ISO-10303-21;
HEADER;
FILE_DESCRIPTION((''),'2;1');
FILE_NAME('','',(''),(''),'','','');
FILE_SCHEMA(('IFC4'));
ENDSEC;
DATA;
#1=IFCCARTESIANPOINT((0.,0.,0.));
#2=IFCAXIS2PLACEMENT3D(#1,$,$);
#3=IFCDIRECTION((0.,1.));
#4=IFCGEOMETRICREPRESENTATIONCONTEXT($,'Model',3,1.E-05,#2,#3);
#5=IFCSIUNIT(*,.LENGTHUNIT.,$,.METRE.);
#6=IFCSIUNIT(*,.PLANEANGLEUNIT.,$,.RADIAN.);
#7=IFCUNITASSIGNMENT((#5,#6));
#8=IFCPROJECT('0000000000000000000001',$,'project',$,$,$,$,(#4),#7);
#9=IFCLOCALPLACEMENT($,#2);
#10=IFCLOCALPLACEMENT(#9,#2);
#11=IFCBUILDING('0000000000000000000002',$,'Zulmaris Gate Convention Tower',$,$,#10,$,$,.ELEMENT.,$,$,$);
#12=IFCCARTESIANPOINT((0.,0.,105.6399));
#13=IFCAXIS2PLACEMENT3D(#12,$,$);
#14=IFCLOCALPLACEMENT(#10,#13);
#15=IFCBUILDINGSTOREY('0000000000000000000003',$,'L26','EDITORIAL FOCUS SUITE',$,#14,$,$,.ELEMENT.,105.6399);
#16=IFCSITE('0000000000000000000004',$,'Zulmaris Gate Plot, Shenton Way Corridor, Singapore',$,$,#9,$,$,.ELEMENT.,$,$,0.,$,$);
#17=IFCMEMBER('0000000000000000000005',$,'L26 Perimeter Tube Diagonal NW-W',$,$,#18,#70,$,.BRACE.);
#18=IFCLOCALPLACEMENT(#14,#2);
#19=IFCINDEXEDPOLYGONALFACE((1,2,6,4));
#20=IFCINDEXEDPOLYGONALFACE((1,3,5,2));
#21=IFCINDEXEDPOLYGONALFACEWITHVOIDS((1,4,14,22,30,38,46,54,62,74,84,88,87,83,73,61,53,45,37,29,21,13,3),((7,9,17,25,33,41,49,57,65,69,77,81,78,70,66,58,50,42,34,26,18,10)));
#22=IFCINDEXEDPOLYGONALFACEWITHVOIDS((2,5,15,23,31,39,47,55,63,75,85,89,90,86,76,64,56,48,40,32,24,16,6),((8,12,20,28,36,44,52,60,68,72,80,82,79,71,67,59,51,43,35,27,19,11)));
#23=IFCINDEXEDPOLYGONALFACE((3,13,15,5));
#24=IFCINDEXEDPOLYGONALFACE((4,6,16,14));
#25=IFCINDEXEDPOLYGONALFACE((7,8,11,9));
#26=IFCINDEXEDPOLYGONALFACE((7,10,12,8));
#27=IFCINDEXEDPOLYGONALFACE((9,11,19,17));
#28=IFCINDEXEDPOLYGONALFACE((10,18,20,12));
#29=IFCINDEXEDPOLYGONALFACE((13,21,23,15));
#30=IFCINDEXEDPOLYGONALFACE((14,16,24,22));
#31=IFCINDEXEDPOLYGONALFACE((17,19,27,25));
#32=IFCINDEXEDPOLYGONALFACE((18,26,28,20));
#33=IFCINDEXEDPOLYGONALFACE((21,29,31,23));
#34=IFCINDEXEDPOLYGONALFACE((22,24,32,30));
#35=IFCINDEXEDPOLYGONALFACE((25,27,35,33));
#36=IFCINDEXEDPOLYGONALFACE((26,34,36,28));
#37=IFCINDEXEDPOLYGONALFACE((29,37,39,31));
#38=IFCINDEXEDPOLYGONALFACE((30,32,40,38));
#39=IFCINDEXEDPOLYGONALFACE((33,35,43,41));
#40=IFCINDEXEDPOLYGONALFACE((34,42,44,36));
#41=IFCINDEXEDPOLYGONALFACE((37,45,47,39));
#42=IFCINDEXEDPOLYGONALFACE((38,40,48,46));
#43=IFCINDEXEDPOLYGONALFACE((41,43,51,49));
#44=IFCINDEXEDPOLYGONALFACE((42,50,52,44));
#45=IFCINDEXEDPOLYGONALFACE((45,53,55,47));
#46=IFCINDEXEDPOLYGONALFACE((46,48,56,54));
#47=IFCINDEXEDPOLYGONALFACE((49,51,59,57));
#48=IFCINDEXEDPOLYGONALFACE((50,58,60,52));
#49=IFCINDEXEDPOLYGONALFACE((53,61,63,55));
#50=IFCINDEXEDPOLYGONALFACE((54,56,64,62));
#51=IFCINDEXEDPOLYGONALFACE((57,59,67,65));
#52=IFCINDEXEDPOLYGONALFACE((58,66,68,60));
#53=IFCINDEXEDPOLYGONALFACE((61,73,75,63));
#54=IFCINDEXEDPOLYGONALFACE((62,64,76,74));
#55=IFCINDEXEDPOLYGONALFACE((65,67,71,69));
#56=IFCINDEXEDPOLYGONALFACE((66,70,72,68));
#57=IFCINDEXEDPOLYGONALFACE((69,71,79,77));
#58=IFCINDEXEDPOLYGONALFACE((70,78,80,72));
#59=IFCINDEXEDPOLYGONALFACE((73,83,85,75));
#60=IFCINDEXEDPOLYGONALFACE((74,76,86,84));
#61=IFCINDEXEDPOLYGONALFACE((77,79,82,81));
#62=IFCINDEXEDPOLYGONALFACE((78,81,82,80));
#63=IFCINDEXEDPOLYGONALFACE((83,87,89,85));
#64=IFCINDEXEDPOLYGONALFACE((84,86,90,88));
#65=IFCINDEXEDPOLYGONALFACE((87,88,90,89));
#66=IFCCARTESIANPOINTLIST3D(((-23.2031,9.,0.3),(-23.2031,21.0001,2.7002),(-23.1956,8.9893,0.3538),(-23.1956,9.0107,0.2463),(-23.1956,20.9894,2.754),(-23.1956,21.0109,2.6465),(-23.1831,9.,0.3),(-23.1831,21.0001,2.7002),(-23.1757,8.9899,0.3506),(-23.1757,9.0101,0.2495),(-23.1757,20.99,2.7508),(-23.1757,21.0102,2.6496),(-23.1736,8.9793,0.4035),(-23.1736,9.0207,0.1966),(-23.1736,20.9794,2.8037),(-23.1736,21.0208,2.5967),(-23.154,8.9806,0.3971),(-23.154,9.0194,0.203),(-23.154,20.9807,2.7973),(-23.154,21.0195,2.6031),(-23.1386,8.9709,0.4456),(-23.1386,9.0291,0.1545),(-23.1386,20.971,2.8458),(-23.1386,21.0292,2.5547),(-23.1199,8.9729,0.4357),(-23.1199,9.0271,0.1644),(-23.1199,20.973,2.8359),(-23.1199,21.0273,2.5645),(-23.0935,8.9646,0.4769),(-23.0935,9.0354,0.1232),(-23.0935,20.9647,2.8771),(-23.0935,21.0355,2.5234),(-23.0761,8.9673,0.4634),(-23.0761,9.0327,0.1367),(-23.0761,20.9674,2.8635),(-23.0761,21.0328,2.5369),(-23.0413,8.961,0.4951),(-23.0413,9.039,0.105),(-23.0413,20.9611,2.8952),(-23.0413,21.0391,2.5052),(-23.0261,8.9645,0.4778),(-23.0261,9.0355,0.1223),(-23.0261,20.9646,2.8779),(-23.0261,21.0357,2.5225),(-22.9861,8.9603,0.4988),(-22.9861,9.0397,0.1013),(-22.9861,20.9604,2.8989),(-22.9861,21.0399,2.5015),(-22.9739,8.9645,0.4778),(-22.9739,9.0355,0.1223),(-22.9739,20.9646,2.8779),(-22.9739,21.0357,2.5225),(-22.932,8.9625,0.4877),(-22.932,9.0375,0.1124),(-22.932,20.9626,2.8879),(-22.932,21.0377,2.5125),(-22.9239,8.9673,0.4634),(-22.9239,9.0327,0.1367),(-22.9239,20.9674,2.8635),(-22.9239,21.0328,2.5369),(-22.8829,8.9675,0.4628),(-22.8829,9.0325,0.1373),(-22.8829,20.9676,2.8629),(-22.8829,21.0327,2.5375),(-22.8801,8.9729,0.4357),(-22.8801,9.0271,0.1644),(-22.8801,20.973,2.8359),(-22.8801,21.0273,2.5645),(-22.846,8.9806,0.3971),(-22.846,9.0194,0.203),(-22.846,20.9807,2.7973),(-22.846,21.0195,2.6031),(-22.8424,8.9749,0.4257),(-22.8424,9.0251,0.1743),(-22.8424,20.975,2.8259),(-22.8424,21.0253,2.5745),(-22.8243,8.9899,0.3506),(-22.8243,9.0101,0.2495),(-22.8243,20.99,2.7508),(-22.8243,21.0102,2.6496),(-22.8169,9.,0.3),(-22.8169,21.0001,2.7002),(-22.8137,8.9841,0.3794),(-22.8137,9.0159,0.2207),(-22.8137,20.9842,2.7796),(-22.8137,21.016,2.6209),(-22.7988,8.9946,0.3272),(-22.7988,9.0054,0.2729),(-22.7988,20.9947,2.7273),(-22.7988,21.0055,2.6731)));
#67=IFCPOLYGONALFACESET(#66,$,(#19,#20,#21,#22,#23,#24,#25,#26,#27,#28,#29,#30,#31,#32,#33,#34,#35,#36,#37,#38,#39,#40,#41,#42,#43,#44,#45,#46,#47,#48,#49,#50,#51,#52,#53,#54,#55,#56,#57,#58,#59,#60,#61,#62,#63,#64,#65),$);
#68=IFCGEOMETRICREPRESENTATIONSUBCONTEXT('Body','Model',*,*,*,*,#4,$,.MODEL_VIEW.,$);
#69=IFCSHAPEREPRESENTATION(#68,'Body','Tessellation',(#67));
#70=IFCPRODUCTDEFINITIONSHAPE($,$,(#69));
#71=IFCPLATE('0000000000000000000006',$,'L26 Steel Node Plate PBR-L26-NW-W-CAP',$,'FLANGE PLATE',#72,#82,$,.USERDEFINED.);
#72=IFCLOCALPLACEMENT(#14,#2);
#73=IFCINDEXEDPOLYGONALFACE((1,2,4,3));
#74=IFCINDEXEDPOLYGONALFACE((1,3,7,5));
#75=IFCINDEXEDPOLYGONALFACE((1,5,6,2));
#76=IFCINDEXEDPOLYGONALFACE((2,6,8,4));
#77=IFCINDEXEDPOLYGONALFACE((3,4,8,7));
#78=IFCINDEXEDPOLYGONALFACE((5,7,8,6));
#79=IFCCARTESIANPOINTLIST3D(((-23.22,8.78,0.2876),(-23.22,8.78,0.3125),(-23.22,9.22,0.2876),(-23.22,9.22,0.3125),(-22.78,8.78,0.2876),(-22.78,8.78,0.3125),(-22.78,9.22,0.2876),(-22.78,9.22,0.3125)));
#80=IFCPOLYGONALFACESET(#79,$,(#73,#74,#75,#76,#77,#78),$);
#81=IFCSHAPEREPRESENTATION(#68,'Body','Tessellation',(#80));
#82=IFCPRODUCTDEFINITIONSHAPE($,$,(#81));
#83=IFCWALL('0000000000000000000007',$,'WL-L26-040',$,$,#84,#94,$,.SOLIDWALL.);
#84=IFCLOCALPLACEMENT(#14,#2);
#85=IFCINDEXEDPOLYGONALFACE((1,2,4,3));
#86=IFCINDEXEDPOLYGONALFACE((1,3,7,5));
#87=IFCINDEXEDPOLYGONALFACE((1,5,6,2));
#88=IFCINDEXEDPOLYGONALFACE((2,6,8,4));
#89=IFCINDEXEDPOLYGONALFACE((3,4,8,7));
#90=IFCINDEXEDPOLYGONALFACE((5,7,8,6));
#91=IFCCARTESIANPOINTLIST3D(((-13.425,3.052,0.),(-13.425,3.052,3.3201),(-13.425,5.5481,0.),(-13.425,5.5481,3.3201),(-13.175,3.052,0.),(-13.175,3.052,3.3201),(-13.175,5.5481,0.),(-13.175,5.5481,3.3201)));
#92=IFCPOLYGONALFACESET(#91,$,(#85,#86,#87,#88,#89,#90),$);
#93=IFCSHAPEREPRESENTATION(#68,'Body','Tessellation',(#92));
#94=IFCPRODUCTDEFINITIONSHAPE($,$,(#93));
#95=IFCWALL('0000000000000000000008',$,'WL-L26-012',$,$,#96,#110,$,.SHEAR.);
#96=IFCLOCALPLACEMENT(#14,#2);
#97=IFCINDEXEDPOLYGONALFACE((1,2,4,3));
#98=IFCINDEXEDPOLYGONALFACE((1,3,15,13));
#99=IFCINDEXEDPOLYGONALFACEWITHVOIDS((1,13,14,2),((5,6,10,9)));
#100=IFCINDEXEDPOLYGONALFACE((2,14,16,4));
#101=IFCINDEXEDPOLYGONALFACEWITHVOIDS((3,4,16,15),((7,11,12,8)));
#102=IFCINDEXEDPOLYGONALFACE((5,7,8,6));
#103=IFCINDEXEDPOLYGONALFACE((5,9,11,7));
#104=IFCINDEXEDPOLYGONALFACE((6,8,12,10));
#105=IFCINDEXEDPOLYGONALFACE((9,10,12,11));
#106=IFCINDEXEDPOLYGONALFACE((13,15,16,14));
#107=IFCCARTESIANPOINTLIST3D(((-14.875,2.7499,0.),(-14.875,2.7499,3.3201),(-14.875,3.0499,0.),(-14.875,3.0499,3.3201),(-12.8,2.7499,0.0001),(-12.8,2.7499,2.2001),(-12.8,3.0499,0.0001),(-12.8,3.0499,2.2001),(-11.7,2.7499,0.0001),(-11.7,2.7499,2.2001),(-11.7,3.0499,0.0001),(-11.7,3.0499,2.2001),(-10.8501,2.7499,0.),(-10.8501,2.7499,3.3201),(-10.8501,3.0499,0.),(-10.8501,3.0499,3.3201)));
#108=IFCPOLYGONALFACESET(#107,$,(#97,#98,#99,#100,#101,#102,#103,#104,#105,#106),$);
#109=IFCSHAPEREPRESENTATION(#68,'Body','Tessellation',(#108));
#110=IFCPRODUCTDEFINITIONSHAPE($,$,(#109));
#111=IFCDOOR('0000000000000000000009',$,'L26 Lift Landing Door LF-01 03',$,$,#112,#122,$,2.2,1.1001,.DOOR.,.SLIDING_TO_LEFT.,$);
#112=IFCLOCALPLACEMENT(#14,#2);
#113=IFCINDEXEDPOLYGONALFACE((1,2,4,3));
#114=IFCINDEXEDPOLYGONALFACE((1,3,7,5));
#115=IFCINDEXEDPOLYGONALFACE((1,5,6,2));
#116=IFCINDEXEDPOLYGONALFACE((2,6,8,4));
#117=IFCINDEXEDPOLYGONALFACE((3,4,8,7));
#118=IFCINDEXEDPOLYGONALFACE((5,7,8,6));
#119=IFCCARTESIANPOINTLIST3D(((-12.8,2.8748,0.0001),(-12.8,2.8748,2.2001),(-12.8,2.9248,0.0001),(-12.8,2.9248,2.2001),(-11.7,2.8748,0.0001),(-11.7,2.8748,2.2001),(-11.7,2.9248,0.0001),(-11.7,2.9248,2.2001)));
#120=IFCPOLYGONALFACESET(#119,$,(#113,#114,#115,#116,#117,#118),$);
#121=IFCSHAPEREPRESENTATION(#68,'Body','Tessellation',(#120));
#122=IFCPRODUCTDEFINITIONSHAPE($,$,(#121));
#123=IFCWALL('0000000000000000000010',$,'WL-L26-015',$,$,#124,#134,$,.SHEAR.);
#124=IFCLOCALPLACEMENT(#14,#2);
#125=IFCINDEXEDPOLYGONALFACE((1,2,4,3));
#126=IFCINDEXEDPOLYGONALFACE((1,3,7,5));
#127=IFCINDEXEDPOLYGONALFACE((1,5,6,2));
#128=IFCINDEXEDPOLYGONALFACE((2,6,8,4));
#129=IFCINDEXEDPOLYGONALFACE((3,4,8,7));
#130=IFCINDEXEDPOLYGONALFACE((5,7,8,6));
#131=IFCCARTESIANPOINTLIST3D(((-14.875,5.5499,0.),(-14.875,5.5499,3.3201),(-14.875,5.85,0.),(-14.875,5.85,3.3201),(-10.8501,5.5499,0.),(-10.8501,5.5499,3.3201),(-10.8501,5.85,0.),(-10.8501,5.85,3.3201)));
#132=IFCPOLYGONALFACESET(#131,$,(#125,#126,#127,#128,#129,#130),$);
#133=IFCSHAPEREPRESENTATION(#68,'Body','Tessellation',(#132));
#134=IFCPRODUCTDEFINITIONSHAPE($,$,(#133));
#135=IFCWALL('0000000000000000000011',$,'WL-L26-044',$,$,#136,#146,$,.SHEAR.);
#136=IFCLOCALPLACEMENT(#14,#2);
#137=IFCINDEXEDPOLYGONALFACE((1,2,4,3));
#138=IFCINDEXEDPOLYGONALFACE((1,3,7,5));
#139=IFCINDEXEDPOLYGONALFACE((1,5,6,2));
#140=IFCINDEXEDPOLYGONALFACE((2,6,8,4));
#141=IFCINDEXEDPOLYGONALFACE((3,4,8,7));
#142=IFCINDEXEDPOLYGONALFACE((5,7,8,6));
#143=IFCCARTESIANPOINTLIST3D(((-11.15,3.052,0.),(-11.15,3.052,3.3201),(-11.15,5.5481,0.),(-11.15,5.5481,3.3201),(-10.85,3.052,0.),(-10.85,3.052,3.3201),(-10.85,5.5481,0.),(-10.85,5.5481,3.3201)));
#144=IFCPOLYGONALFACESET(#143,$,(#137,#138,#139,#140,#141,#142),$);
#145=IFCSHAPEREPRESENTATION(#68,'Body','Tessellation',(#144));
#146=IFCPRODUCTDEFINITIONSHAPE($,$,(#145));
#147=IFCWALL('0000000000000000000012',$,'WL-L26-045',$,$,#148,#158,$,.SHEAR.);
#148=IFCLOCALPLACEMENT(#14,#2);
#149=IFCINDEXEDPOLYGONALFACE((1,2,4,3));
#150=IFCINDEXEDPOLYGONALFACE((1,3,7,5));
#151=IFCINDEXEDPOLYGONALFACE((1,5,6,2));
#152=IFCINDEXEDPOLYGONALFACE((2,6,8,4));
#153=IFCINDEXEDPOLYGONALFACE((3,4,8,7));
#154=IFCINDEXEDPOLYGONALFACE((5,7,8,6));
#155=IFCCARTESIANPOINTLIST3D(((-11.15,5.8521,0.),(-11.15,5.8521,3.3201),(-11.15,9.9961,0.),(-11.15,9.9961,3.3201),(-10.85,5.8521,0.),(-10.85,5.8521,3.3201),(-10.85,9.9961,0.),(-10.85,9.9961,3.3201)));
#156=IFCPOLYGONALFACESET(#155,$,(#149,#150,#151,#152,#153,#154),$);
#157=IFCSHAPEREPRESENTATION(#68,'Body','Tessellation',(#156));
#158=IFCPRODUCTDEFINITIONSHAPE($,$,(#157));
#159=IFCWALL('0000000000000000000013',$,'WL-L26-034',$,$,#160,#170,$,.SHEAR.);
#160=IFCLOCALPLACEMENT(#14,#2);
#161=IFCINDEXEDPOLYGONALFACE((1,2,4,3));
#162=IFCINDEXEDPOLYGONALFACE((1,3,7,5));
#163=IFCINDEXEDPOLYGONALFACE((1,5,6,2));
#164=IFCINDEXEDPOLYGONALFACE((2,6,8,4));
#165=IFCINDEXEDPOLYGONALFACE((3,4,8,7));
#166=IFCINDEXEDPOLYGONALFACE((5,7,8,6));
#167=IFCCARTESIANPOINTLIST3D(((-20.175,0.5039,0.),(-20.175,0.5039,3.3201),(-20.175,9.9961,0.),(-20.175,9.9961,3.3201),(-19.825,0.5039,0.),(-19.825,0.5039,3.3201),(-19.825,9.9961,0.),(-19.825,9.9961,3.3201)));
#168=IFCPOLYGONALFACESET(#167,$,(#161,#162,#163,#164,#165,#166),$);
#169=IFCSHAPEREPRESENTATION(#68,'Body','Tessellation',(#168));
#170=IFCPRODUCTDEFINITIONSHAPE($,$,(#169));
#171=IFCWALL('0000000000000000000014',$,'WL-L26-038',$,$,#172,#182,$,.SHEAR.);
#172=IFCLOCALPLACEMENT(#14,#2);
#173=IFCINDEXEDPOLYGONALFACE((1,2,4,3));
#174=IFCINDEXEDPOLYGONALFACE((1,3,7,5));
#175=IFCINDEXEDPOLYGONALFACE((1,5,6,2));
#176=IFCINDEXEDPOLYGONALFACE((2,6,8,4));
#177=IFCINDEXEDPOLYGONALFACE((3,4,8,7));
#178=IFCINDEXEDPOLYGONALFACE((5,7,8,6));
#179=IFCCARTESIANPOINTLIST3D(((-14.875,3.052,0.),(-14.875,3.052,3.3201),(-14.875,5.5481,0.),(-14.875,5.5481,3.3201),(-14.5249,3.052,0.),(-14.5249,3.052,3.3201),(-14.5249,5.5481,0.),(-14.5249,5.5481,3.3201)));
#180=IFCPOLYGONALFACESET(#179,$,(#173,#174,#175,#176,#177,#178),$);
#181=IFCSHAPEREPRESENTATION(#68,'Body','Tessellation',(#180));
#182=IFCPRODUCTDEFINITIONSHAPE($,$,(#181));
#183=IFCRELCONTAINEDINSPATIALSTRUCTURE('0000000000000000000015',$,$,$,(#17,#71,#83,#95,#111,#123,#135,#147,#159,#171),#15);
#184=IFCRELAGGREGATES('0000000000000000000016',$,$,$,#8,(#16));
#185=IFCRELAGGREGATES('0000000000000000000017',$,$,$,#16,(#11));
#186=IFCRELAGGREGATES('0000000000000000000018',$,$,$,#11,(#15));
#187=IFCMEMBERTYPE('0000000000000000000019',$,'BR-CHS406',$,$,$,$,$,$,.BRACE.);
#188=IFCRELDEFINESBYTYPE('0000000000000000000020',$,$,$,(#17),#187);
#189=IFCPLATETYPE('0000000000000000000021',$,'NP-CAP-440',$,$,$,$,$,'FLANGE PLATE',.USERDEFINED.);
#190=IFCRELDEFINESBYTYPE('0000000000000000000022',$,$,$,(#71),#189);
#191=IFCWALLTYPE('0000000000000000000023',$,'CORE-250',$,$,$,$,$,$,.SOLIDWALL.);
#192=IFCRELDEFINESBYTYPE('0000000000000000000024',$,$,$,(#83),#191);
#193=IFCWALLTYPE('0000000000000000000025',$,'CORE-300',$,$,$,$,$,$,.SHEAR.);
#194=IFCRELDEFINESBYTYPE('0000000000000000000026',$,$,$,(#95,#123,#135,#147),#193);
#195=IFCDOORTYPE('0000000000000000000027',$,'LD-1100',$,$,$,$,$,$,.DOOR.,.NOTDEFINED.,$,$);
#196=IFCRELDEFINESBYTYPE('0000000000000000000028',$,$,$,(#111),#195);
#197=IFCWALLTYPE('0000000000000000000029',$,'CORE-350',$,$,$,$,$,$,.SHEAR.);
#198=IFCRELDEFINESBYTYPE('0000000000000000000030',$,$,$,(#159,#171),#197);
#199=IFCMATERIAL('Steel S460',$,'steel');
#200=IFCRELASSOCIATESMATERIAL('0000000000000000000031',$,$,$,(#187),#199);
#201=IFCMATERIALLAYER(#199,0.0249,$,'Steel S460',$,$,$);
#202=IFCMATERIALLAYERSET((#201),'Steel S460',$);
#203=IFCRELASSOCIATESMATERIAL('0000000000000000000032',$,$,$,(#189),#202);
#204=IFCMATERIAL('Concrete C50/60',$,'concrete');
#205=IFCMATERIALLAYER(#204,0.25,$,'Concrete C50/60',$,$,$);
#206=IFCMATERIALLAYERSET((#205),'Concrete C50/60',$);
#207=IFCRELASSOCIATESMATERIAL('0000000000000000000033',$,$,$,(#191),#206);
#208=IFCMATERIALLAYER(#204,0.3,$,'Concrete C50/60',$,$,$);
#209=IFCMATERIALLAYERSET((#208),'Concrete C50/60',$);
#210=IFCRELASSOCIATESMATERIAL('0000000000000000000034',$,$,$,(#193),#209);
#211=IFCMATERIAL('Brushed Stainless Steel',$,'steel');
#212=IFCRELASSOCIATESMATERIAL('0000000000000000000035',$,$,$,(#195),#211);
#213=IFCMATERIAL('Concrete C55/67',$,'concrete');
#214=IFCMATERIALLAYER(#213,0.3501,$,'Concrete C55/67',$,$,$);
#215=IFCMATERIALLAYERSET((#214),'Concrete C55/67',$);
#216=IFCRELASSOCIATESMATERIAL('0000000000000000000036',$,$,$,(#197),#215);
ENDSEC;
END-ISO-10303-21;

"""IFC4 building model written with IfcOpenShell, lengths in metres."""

from ifc_helpers import new_model, si_unit, direction, frame, frame_2d, origin, origin_2d, place, context, subcontext, project, spatial, rectangle, hollow_circle, extrude, material, layer, layer_set, material_profile, profile_set, type_object, element, fill, save


model = new_model("IFC4")

# Units and contexts
model_context = context("Model", 3, precision=1e-05, world=origin(), true_north=direction((0.0, 1.0)))
body_context = subcontext(model_context, "Body", "Model", "MODEL_VIEW")
ifc_project = project(units=[si_unit("LENGTHUNIT", "METRE"), si_unit("PLANEANGLEUNIT", "RADIAN")], contexts=[model_context])

# Site, building, storey
site_placement = place(None, origin())
site = spatial("IfcSite", under=ifc_project, at=site_placement, Name="Zulmaris Gate Plot, Shenton Way Corridor, Singapore", CompositionType="ELEMENT", RefElevation=0.0)
building_placement = place(site_placement, origin())
building = spatial("IfcBuilding", under=site, at=building_placement, Name="Zulmaris Gate Convention Tower", CompositionType="ELEMENT")
storey_placement = place(building_placement, frame((0.0, 0.0, 105.6399)))
storey = spatial("IfcBuildingStorey", under=building, at=storey_placement, Name="L26", Description="EDITORIAL FOCUS SUITE", CompositionType="ELEMENT", Elevation=105.6399)

# Member
ifc_material_1 = material(Name="Steel S460", Category="steel")
ifc_material_profile_1 = material_profile(ifc_material_1, hollow_circle(Radius=0.2031, WallThickness=0.02, at=origin_2d()), Name="CHS 406.4x20")
ifc_profile_set_1 = profile_set([ifc_material_profile_1], Name="Steel S460")
member_type = type_object("IfcMemberType", Name="BR-CHS406", PredefinedType="BRACE", material=ifc_profile_set_1)
member_placement = place(storey_placement, frame((-23.0, 9.0, 0.3), z_axis=(0.0, 0.980578, 0.196128), x_axis=(-1.0, 0.0, 0.0)))
element("IfcMember", 1, at=member_placement, inside=storey, type_object=member_type, Name="L26 Perimeter Tube Diagonal NW-W", PredefinedType="BRACE", context=body_context, shape_type="SweptSolid", body=[
    extrude(hollow_circle(Radius=0.2031, WallThickness=0.02, at=origin_2d()), origin(), (0.0, 0.0, 1.0), 12.2378),
])

# Plate
ifc_layer_1 = layer(ifc_material_1, 0.0249, Name="Steel S460")
ifc_layer_set_1 = layer_set([ifc_layer_1], Name="Steel S460")
plate_type = type_object("IfcPlateType", Name="NP-CAP-440", ElementType="FLANGE PLATE", PredefinedType="USERDEFINED", material=ifc_layer_set_1)
plate_placement = place(storey_placement, frame((-23.0, 9.0, 0.2876), z_axis=(0.0, 0.0, 1.0), x_axis=(1.0, 0.0, 0.0)))
element("IfcPlate", 2, at=plate_placement, inside=storey, type_object=plate_type, Name="L26 Steel Node Plate PBR-L26-NW-W-CAP", ObjectType="FLANGE PLATE", PredefinedType="USERDEFINED", context=body_context, shape_type="SweptSolid", body=[
    extrude(rectangle(XDim=0.4399, YDim=0.4399, at=origin_2d()), origin(), (0.0, 0.0, 1.0), 0.0249),
])

# Wall
ifc_material_2 = material(Name="Concrete C50/60", Category="concrete")
ifc_layer_2 = layer(ifc_material_2, 0.25, Name="Concrete C50/60")
ifc_layer_set_2 = layer_set([ifc_layer_2], Name="Concrete C50/60")
wall_type_1 = type_object("IfcWallType", Name="CORE-250", PredefinedType="SOLIDWALL", material=ifc_layer_set_2)
wall_1_placement = place(storey_placement, frame((-13.3, 3.052, 0.0), z_axis=(0.0, 0.0, 1.0), x_axis=(0.0, 1.0, 0.0)))
element("IfcWall", 3, at=wall_1_placement, inside=storey, type_object=wall_type_1, Name="WL-L26-040", PredefinedType="SOLIDWALL", context=body_context, shape_type="SweptSolid", body=[
    extrude(rectangle(XDim=2.4961, YDim=0.25, at=frame_2d((1.248, 0.0))), origin(), (0.0, 0.0, 1.0), 3.3201),
])

# Wall, opening, door
ifc_layer_3 = layer(ifc_material_2, 0.3, Name="Concrete C50/60")
ifc_layer_set_3 = layer_set([ifc_layer_3], Name="Concrete C50/60")
wall_type_2 = type_object("IfcWallType", Name="CORE-300", PredefinedType="SHEAR", material=ifc_layer_set_3)
wall_2_placement = place(storey_placement, frame((-14.875, 2.8999, 0.0), z_axis=(0.0, 0.0, 1.0), x_axis=(1.0, 0.0, 0.0)))
wall_2 = element("IfcWall", 4, at=wall_2_placement, inside=storey, type_object=wall_type_2, Name="WL-L26-012", PredefinedType="SHEAR", context=body_context, shape_type="SweptSolid", body=[
    extrude(rectangle(XDim=4.0249, YDim=0.3, at=frame_2d((2.0125, 0.0))), origin(), (0.0, 0.0, 1.0), 3.3201),
])
opening_1_placement = place(wall_2_placement, frame((2.075, 0.0, 0.0)))
opening_1 = element("IfcOpeningElement", 5, at=opening_1_placement, cuts=wall_2, PredefinedType="OPENING", context=body_context, shape_type="SweptSolid", body=[
    extrude(rectangle(XDim=1.1001, YDim=2.2, at=frame_2d((0.55, 1.1001))), frame((0.0, 0.1602, 0.0), z_axis=(0.0, -1.0, 0.0), x_axis=(1.0, 0.0, 0.0)), (0.0, 0.0, 1.0), 0.3201),
])
ifc_material_3 = material(Name="Brushed Stainless Steel", Category="steel")
door_type_1 = type_object("IfcDoorType", Name="LD-1100", OperationType="NOTDEFINED", PredefinedType="DOOR", material=ifc_material_3)
door_1_placement = place(opening_1_placement, origin())
door_1 = element("IfcDoor", 6, at=door_1_placement, inside=storey, type_object=door_type_1, Name="L26 Lift Landing Door LF-01 03", OperationType="SLIDING_TO_LEFT", OverallHeight=2.2, OverallWidth=1.1001, PredefinedType="DOOR", context=body_context, shape_type="SweptSolid", body=[
    extrude(rectangle(XDim=1.1001, YDim=2.2, at=frame_2d((0.55, 1.1001))), frame((0.0, 0.0249, 0.0), z_axis=(0.0, -1.0, 0.0), x_axis=(1.0, 0.0, 0.0)), (0.0, 0.0, 1.0), 0.05),
])
fill(opening_1, door_1)

# Wall
wall_3_placement = place(storey_placement, frame((-14.875, 5.7, 0.0), z_axis=(0.0, 0.0, 1.0), x_axis=(1.0, 0.0, 0.0)))
element("IfcWall", 7, at=wall_3_placement, inside=storey, type_object=wall_type_2, Name="WL-L26-015", PredefinedType="SHEAR", context=body_context, shape_type="SweptSolid", body=[
    extrude(rectangle(XDim=4.0249, YDim=0.3, at=frame_2d((2.0125, 0.0))), origin(), (0.0, 0.0, 1.0), 3.3201),
])

# Walls
wall_4_placement = place(storey_placement, frame((-11.0, 3.052, 0.0), z_axis=(0.0, 0.0, 1.0), x_axis=(0.0, 1.0, 0.0)))
element("IfcWall", 8, at=wall_4_placement, inside=storey, type_object=wall_type_2, Name="WL-L26-044", PredefinedType="SHEAR", context=body_context, shape_type="SweptSolid", body=[
    extrude(rectangle(XDim=2.4961, YDim=0.3, at=frame_2d((1.248, 0.0))), origin(), (0.0, 0.0, 1.0), 3.3201),
])
wall_5_placement = place(storey_placement, frame((-11.0, 5.8521, 0.0), z_axis=(0.0, 0.0, 1.0), x_axis=(0.0, 1.0, 0.0)))
element("IfcWall", 9, at=wall_5_placement, inside=storey, type_object=wall_type_2, Name="WL-L26-045", PredefinedType="SHEAR", context=body_context, shape_type="SweptSolid", body=[
    extrude(rectangle(XDim=4.144, YDim=0.3, at=frame_2d((2.072, 0.0))), origin(), (0.0, 0.0, 1.0), 3.3201),
])
ifc_material_4 = material(Name="Concrete C55/67", Category="concrete")
ifc_layer_4 = layer(ifc_material_4, 0.3501, Name="Concrete C55/67")
ifc_layer_set_4 = layer_set([ifc_layer_4], Name="Concrete C55/67")
wall_type_3 = type_object("IfcWallType", Name="CORE-350", PredefinedType="SHEAR", material=ifc_layer_set_4)
wall_6_placement = place(storey_placement, frame((-20.0, 0.5039, 0.0), z_axis=(0.0, 0.0, 1.0), x_axis=(0.0, 1.0, 0.0)))
element("IfcWall", 10, at=wall_6_placement, inside=storey, type_object=wall_type_3, Name="WL-L26-034", PredefinedType="SHEAR", context=body_context, shape_type="SweptSolid", body=[
    extrude(rectangle(XDim=9.4922, YDim=0.3501, at=frame_2d((4.7461, 0.0))), origin(), (0.0, 0.0, 1.0), 3.3201),
])
wall_7_placement = place(storey_placement, frame((-14.7, 3.052, 0.0), z_axis=(0.0, 0.0, 1.0), x_axis=(0.0, 1.0, 0.0)))
element("IfcWall", 11, at=wall_7_placement, inside=storey, type_object=wall_type_3, Name="WL-L26-038", PredefinedType="SHEAR", context=body_context, shape_type="SweptSolid", body=[
    extrude(rectangle(XDim=2.4961, YDim=0.3501, at=frame_2d((1.248, 0.0))), origin(), (0.0, 0.0, 1.0), 3.3201),
])

save(model, "model.ifc")
